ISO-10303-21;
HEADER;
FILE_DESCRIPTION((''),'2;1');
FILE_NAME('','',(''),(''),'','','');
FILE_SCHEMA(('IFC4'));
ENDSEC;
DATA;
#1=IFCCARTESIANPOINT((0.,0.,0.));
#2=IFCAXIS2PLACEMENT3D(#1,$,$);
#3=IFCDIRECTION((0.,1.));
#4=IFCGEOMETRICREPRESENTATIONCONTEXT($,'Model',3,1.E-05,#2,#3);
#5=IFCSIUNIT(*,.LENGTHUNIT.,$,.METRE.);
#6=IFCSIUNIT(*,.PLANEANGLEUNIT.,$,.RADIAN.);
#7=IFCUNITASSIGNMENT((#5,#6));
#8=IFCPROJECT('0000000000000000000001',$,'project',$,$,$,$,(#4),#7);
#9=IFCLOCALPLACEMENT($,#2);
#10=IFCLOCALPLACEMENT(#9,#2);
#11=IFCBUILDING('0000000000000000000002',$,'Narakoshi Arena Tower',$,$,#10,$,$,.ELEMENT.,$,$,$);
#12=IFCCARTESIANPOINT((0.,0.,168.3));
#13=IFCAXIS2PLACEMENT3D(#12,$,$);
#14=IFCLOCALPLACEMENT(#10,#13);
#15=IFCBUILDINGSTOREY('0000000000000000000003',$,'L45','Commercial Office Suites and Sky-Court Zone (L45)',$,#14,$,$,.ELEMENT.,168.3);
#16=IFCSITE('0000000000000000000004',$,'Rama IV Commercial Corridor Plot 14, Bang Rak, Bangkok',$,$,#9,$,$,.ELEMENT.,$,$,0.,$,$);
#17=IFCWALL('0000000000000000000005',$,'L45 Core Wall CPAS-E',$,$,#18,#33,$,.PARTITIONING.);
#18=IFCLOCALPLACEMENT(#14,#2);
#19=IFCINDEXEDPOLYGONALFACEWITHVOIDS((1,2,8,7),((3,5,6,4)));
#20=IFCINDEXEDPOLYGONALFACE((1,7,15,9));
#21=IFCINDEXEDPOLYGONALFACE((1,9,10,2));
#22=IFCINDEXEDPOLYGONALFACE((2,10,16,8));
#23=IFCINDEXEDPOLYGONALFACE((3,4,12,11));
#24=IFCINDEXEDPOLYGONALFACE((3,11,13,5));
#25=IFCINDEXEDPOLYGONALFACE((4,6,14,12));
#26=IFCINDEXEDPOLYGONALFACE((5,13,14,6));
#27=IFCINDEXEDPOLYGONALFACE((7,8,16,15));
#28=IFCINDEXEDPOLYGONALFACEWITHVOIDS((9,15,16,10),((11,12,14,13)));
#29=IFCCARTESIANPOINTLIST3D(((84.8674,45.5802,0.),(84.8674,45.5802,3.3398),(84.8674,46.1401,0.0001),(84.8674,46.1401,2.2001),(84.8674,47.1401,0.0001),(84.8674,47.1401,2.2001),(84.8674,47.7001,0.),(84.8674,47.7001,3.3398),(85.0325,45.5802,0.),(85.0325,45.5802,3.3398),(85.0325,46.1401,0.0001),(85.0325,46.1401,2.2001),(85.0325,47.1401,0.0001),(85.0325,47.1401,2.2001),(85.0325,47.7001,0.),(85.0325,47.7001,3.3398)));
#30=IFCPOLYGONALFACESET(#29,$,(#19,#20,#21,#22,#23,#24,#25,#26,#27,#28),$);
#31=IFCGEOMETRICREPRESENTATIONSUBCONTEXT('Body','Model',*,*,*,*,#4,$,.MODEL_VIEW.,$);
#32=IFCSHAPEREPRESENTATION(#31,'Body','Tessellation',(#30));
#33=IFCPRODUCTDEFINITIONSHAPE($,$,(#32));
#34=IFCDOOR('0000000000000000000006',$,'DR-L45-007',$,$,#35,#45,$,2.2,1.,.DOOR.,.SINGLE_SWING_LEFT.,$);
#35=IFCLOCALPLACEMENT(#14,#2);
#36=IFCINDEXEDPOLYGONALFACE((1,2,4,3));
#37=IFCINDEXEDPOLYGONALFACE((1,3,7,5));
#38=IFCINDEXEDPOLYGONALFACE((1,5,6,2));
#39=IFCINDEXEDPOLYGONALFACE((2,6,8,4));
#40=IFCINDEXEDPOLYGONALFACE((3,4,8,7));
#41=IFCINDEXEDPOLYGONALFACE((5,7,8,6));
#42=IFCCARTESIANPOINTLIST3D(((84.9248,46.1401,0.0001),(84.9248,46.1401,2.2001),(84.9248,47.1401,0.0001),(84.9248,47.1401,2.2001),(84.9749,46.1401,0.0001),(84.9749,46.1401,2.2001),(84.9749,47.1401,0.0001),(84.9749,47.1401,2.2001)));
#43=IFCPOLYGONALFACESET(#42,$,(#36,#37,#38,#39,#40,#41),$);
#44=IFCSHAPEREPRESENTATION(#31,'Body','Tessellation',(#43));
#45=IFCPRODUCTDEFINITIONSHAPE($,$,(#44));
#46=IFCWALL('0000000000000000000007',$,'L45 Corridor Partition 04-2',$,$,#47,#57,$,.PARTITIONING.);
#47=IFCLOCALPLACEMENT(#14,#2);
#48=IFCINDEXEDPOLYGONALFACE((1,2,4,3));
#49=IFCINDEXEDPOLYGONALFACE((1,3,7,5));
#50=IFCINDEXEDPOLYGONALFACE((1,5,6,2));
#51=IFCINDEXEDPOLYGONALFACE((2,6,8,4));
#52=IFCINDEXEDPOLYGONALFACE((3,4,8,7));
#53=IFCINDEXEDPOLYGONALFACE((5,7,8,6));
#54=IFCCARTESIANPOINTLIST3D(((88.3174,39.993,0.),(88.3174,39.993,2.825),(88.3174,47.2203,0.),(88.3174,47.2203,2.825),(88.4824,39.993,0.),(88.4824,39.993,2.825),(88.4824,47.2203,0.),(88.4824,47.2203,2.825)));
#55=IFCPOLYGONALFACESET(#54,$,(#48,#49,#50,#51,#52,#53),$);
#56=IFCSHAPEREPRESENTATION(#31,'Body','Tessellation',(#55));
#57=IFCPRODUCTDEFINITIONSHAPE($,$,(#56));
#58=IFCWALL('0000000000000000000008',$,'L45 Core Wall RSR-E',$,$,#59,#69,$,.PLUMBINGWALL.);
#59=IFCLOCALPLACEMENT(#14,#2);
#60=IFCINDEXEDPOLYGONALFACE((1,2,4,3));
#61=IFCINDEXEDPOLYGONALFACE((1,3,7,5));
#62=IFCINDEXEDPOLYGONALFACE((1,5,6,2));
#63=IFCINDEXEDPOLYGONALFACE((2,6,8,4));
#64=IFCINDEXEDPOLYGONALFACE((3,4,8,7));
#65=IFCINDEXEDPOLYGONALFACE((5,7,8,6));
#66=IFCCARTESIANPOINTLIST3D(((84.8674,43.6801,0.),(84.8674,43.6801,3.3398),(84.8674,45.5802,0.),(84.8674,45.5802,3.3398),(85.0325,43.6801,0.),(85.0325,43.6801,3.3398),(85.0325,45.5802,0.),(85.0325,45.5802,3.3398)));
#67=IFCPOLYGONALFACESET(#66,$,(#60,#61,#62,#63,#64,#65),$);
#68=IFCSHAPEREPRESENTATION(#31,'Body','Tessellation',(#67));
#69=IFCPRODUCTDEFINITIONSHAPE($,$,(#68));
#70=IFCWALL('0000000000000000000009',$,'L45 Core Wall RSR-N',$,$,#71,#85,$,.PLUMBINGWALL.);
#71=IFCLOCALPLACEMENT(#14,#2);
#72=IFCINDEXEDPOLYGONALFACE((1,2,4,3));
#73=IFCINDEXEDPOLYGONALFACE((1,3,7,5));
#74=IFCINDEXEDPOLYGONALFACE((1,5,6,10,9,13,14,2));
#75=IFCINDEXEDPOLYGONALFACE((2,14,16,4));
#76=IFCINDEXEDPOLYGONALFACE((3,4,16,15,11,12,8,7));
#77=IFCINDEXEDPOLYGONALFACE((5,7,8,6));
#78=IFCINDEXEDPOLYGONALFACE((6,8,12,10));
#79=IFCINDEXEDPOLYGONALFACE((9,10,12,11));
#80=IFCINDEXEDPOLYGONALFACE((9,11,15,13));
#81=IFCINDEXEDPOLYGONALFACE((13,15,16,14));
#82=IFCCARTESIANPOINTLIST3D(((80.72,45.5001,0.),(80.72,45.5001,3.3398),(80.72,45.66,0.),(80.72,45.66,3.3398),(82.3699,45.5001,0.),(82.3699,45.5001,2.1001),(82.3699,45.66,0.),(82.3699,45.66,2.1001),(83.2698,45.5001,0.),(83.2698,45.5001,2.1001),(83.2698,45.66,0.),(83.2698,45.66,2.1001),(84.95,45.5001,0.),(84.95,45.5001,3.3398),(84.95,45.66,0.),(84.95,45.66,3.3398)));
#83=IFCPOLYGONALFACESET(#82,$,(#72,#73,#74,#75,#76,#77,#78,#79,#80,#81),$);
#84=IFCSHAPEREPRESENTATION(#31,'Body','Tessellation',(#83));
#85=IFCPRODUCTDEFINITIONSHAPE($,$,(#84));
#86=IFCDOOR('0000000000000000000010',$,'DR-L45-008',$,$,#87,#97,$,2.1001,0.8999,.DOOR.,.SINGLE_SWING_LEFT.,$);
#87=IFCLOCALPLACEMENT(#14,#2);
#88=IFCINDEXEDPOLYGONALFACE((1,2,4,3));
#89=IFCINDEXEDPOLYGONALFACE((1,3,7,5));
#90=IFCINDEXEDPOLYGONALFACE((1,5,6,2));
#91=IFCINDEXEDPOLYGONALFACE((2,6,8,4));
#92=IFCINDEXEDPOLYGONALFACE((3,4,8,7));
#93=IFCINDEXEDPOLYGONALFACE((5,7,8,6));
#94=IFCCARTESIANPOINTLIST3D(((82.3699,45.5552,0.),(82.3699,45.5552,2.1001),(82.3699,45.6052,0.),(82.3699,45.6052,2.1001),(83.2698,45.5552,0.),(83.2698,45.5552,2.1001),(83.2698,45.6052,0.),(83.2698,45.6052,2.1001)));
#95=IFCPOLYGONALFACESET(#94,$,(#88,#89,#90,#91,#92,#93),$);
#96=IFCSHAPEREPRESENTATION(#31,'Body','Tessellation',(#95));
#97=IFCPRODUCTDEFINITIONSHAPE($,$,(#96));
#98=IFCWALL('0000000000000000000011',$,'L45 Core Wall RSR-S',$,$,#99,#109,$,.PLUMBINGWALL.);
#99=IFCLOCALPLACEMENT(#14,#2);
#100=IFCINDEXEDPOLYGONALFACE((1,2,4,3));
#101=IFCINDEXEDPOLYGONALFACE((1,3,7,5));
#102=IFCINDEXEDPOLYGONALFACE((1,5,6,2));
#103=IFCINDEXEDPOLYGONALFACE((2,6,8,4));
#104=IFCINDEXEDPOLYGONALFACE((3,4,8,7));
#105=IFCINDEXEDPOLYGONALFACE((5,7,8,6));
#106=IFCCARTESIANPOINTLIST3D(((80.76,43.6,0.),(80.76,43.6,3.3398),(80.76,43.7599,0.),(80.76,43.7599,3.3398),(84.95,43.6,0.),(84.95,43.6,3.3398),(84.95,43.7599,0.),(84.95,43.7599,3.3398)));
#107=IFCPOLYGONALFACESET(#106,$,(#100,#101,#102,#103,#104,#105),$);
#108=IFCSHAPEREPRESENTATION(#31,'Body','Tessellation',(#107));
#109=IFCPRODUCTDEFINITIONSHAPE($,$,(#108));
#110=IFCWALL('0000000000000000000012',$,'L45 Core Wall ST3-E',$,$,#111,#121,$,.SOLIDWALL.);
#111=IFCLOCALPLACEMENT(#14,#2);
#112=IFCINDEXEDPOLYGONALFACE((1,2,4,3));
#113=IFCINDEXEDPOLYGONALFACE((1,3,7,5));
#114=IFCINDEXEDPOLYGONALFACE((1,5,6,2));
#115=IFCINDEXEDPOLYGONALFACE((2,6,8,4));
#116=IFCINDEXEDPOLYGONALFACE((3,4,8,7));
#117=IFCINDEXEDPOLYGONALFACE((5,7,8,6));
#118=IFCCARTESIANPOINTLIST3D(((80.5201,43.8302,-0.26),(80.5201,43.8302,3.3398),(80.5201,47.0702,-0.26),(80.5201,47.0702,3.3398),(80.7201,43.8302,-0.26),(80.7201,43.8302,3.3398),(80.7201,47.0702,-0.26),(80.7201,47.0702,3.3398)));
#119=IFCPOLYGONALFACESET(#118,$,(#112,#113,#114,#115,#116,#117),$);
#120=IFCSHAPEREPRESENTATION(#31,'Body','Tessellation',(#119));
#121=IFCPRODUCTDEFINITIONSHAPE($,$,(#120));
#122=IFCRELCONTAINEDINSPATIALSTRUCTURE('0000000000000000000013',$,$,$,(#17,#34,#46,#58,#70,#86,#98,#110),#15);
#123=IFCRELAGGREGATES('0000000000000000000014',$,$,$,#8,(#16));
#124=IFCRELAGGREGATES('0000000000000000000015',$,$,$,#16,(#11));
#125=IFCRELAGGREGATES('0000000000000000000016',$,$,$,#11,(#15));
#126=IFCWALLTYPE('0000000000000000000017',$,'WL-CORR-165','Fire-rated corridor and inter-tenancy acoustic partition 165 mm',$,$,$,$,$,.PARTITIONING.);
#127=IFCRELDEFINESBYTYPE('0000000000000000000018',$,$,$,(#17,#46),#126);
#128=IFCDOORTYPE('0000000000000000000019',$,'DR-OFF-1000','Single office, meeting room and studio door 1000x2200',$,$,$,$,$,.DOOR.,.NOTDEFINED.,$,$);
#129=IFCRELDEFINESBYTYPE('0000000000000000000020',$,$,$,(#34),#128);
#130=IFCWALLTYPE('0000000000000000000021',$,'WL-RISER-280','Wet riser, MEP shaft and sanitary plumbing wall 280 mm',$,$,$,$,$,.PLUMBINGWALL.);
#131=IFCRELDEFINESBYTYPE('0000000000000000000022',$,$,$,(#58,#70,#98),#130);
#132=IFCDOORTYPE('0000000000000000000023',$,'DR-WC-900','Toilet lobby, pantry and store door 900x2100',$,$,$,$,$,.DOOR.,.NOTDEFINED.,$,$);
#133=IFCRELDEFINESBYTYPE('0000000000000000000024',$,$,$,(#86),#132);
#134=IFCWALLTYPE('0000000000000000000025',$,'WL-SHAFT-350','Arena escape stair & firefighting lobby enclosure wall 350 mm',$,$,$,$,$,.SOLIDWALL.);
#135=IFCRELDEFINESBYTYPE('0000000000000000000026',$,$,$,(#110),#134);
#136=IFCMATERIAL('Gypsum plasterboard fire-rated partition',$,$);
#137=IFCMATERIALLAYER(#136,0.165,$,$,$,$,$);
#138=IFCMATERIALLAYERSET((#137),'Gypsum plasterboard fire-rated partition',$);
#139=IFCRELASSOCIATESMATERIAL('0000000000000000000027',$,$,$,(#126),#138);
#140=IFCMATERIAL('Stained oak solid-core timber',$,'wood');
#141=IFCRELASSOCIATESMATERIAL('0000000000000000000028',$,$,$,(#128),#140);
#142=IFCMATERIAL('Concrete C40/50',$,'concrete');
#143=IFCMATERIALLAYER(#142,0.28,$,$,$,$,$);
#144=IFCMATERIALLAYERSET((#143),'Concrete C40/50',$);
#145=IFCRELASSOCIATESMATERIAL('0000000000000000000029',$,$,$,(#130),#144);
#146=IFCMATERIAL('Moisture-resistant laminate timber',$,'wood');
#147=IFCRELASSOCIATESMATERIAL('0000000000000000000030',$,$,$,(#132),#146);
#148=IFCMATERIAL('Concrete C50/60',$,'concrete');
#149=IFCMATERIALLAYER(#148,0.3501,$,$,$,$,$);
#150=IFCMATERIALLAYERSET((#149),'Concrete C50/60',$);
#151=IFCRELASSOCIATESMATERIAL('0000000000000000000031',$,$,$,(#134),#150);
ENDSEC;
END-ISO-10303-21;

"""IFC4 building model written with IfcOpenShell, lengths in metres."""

from ifc_helpers import new_model, si_unit, direction, frame, frame_2d, origin, place, context, subcontext, project, spatial, rectangle, extrude, material, layer, layer_set, type_object, element, fill, save


model = new_model("IFC4")

# Units and contexts
model_context = context("Model", 3, precision=1e-05, world=origin(), true_north=direction((0.0, 1.0)))
body_context = subcontext(model_context, "Body", "Model", "MODEL_VIEW")
ifc_project = project(units=[si_unit("LENGTHUNIT", "METRE"), si_unit("PLANEANGLEUNIT", "RADIAN")], contexts=[model_context])

# Site, building, storey
site_placement = place(None, origin())
site = spatial("IfcSite", under=ifc_project, at=site_placement, Name="Rama IV Commercial Corridor Plot 14, Bang Rak, Bangkok", CompositionType="ELEMENT", RefElevation=0.0)
building_placement = place(site_placement, origin())
building = spatial("IfcBuilding", under=site, at=building_placement, Name="Narakoshi Arena Tower", CompositionType="ELEMENT")
storey_placement = place(building_placement, frame((0.0, 0.0, 168.3)))
storey = spatial("IfcBuildingStorey", under=building, at=storey_placement, Name="L45", Description="Commercial Office Suites and Sky-Court Zone (L45)", CompositionType="ELEMENT", Elevation=168.3)

# Shared definitions
ifc_material_1 = material(Name="Concrete C50/60", Category="concrete")

# Wall, opening, door
ifc_material_2 = material(Name="Gypsum plasterboard fire-rated partition")
ifc_layer_1 = layer(ifc_material_2, 0.165)
ifc_layer_set_1 = layer_set([ifc_layer_1], Name="Gypsum plasterboard fire-rated partition")
wall_type_1 = type_object("IfcWallType", Name="WL-CORR-165", Description="Fire-rated corridor and inter-tenancy acoustic partition 165 mm", PredefinedType="PARTITIONING", material=ifc_layer_set_1)
wall_1_placement = place(storey_placement, frame((84.95, 45.5801, 0.0), z_axis=(0.0, 0.0, 1.0), x_axis=(0.0, 1.0, 0.0)))
wall_1 = element("IfcWall", 1, at=wall_1_placement, inside=storey, type_object=wall_type_1, Name="L45 Core Wall CPAS-E", PredefinedType="PARTITIONING", context=body_context, shape_type="SweptSolid", body=[
    extrude(rectangle(XDim=2.1199, YDim=0.165, at=frame_2d((1.0601, 0.0))), origin(), (0.0, 0.0, 1.0), 3.3398),
])
opening_1_placement = place(wall_1_placement, frame((0.5601, 0.0, 0.0)))
opening_1 = element("IfcOpeningElement", 2, at=opening_1_placement, cuts=wall_1, PredefinedType="OPENING", context=body_context, shape_type="SweptSolid", body=[
    extrude(rectangle(XDim=1.0, YDim=2.2, at=frame_2d((0.5, 1.1001))), frame((0.0, 0.0925, 0.0), z_axis=(0.0, -1.0, 0.0), x_axis=(1.0, 0.0, 0.0)), (0.0, 0.0, 1.0), 0.1851),
])
ifc_material_3 = material(Name="Stained oak solid-core timber", Category="wood")
door_type_1 = type_object("IfcDoorType", Name="DR-OFF-1000", Description="Single office, meeting room and studio door 1000x2200", OperationType="NOTDEFINED", PredefinedType="DOOR", material=ifc_material_3)
door_1_placement = place(opening_1_placement, frame((1.0, 0.0, 0.0), z_axis=(0.0, 0.0, 1.0), x_axis=(-1.0, 0.0, 0.0)))
door_1 = element("IfcDoor", 3, at=door_1_placement, inside=storey, type_object=door_type_1, Name="DR-L45-007", OperationType="SINGLE_SWING_LEFT", OverallHeight=2.2, OverallWidth=1.0, PredefinedType="DOOR", context=body_context, shape_type="SweptSolid", body=[
    extrude(rectangle(XDim=1.0, YDim=2.2, at=frame_2d((0.5, 1.1001))), frame((0.0, 0.0249, 0.0), z_axis=(0.0, -1.0, 0.0), x_axis=(1.0, 0.0, 0.0)), (0.0, 0.0, 1.0), 0.05),
])
fill(opening_1, door_1)

# Walls
wall_2_placement = place(storey_placement, frame((88.3999, 39.9929, 0.0), z_axis=(0.0, 0.0, 1.0), x_axis=(0.0, 1.0, 0.0)))
element("IfcWall", 4, at=wall_2_placement, inside=storey, type_object=wall_type_1, Name="L45 Corridor Partition 04-2", PredefinedType="PARTITIONING", context=body_context, shape_type="SweptSolid", body=[
    extrude(rectangle(XDim=7.2273, YDim=0.165, at=frame_2d((3.6138, 0.0))), origin(), (0.0, 0.0, 1.0), 2.825),
])
ifc_material_4 = material(Name="Concrete C40/50", Category="concrete")
ifc_layer_2 = layer(ifc_material_4, 0.28)
ifc_layer_set_2 = layer_set([ifc_layer_2], Name="Concrete C40/50")
wall_type_2 = type_object("IfcWallType", Name="WL-RISER-280", Description="Wet riser, MEP shaft and sanitary plumbing wall 280 mm", PredefinedType="PLUMBINGWALL", material=ifc_layer_set_2)
wall_3_placement = place(storey_placement, frame((84.95, 43.6799, 0.0), z_axis=(0.0, 0.0, 1.0), x_axis=(0.0, 1.0, 0.0)))
element("IfcWall", 5, at=wall_3_placement, inside=storey, type_object=wall_type_2, Name="L45 Core Wall RSR-E", PredefinedType="PLUMBINGWALL", context=body_context, shape_type="SweptSolid", body=[
    extrude(rectangle(XDim=1.9001, YDim=0.165, at=frame_2d((0.9502, 0.0))), origin(), (0.0, 0.0, 1.0), 3.3398),
])

# Wall, opening, door
wall_4_placement = place(storey_placement, frame((80.72, 45.5801, 0.0), z_axis=(0.0, 0.0, 1.0), x_axis=(1.0, 0.0, 0.0)))
wall_4 = element("IfcWall", 6, at=wall_4_placement, inside=storey, type_object=wall_type_2, Name="L45 Core Wall RSR-N", PredefinedType="PLUMBINGWALL", context=body_context, shape_type="SweptSolid", body=[
    extrude(rectangle(XDim=4.23, YDim=0.1599, at=frame_2d((2.115, 0.0))), origin(), (0.0, 0.0, 1.0), 3.3398),
])
opening_2_placement = place(wall_4_placement, frame((1.6499, 0.0, 0.0)))
opening_2 = element("IfcOpeningElement", 7, at=opening_2_placement, cuts=wall_4, PredefinedType="OPENING", context=body_context, shape_type="SweptSolid", body=[
    extrude(rectangle(XDim=0.8999, YDim=2.1001, at=frame_2d((0.45, 1.05))), frame((0.0, 0.0898, 0.0), z_axis=(0.0, -1.0, 0.0), x_axis=(1.0, 0.0, 0.0)), (0.0, 0.0, 1.0), 0.1799),
])
ifc_material_5 = material(Name="Moisture-resistant laminate timber", Category="wood")
door_type_2 = type_object("IfcDoorType", Name="DR-WC-900", Description="Toilet lobby, pantry and store door 900x2100", OperationType="NOTDEFINED", PredefinedType="DOOR", material=ifc_material_5)
door_2_placement = place(opening_2_placement, frame((0.8999, 0.0, 0.0), z_axis=(0.0, 0.0, 1.0), x_axis=(-1.0, 0.0, 0.0)))
door_2 = element("IfcDoor", 8, at=door_2_placement, inside=storey, type_object=door_type_2, Name="DR-L45-008", OperationType="SINGLE_SWING_LEFT", OverallHeight=2.1001, OverallWidth=0.8999, PredefinedType="DOOR", context=body_context, shape_type="SweptSolid", body=[
    extrude(rectangle(XDim=0.8999, YDim=2.1001, at=frame_2d((0.45, 1.05))), frame((0.0, 0.0249, 0.0), z_axis=(0.0, -1.0, 0.0), x_axis=(1.0, 0.0, 0.0)), (0.0, 0.0, 1.0), 0.05),
])
fill(opening_2, door_2)

# Walls
wall_5_placement = place(storey_placement, frame((80.76, 43.6799, 0.0), z_axis=(0.0, 0.0, 1.0), x_axis=(1.0, 0.0, 0.0)))
element("IfcWall", 9, at=wall_5_placement, inside=storey, type_object=wall_type_2, Name="L45 Core Wall RSR-S", PredefinedType="PLUMBINGWALL", context=body_context, shape_type="SweptSolid", body=[
    extrude(rectangle(XDim=4.1899, YDim=0.1599, at=frame_2d((2.095, 0.0))), origin(), (0.0, 0.0, 1.0), 3.3398),
])
ifc_layer_3 = layer(ifc_material_1, 0.3501)
ifc_layer_set_3 = layer_set([ifc_layer_3], Name="Concrete C50/60")
wall_type_3 = type_object("IfcWallType", Name="WL-SHAFT-350", Description="Arena escape stair & firefighting lobby enclosure wall 350 mm", PredefinedType="SOLIDWALL", material=ifc_layer_set_3)
wall_6_placement = place(storey_placement, frame((80.6201, 43.8301, -0.26), z_axis=(0.0, 0.0, 1.0), x_axis=(0.0, 1.0, 0.0)))
element("IfcWall", 10, at=wall_6_placement, inside=storey, type_object=wall_type_3, Name="L45 Core Wall ST3-E", PredefinedType="SOLIDWALL", context=body_context, shape_type="SweptSolid", body=[
    extrude(rectangle(XDim=3.24, YDim=0.2, at=frame_2d((1.6201, 0.0))), origin(), (0.0, 0.0, 1.0), 3.5999),
])

save(model, "model.ifc")
